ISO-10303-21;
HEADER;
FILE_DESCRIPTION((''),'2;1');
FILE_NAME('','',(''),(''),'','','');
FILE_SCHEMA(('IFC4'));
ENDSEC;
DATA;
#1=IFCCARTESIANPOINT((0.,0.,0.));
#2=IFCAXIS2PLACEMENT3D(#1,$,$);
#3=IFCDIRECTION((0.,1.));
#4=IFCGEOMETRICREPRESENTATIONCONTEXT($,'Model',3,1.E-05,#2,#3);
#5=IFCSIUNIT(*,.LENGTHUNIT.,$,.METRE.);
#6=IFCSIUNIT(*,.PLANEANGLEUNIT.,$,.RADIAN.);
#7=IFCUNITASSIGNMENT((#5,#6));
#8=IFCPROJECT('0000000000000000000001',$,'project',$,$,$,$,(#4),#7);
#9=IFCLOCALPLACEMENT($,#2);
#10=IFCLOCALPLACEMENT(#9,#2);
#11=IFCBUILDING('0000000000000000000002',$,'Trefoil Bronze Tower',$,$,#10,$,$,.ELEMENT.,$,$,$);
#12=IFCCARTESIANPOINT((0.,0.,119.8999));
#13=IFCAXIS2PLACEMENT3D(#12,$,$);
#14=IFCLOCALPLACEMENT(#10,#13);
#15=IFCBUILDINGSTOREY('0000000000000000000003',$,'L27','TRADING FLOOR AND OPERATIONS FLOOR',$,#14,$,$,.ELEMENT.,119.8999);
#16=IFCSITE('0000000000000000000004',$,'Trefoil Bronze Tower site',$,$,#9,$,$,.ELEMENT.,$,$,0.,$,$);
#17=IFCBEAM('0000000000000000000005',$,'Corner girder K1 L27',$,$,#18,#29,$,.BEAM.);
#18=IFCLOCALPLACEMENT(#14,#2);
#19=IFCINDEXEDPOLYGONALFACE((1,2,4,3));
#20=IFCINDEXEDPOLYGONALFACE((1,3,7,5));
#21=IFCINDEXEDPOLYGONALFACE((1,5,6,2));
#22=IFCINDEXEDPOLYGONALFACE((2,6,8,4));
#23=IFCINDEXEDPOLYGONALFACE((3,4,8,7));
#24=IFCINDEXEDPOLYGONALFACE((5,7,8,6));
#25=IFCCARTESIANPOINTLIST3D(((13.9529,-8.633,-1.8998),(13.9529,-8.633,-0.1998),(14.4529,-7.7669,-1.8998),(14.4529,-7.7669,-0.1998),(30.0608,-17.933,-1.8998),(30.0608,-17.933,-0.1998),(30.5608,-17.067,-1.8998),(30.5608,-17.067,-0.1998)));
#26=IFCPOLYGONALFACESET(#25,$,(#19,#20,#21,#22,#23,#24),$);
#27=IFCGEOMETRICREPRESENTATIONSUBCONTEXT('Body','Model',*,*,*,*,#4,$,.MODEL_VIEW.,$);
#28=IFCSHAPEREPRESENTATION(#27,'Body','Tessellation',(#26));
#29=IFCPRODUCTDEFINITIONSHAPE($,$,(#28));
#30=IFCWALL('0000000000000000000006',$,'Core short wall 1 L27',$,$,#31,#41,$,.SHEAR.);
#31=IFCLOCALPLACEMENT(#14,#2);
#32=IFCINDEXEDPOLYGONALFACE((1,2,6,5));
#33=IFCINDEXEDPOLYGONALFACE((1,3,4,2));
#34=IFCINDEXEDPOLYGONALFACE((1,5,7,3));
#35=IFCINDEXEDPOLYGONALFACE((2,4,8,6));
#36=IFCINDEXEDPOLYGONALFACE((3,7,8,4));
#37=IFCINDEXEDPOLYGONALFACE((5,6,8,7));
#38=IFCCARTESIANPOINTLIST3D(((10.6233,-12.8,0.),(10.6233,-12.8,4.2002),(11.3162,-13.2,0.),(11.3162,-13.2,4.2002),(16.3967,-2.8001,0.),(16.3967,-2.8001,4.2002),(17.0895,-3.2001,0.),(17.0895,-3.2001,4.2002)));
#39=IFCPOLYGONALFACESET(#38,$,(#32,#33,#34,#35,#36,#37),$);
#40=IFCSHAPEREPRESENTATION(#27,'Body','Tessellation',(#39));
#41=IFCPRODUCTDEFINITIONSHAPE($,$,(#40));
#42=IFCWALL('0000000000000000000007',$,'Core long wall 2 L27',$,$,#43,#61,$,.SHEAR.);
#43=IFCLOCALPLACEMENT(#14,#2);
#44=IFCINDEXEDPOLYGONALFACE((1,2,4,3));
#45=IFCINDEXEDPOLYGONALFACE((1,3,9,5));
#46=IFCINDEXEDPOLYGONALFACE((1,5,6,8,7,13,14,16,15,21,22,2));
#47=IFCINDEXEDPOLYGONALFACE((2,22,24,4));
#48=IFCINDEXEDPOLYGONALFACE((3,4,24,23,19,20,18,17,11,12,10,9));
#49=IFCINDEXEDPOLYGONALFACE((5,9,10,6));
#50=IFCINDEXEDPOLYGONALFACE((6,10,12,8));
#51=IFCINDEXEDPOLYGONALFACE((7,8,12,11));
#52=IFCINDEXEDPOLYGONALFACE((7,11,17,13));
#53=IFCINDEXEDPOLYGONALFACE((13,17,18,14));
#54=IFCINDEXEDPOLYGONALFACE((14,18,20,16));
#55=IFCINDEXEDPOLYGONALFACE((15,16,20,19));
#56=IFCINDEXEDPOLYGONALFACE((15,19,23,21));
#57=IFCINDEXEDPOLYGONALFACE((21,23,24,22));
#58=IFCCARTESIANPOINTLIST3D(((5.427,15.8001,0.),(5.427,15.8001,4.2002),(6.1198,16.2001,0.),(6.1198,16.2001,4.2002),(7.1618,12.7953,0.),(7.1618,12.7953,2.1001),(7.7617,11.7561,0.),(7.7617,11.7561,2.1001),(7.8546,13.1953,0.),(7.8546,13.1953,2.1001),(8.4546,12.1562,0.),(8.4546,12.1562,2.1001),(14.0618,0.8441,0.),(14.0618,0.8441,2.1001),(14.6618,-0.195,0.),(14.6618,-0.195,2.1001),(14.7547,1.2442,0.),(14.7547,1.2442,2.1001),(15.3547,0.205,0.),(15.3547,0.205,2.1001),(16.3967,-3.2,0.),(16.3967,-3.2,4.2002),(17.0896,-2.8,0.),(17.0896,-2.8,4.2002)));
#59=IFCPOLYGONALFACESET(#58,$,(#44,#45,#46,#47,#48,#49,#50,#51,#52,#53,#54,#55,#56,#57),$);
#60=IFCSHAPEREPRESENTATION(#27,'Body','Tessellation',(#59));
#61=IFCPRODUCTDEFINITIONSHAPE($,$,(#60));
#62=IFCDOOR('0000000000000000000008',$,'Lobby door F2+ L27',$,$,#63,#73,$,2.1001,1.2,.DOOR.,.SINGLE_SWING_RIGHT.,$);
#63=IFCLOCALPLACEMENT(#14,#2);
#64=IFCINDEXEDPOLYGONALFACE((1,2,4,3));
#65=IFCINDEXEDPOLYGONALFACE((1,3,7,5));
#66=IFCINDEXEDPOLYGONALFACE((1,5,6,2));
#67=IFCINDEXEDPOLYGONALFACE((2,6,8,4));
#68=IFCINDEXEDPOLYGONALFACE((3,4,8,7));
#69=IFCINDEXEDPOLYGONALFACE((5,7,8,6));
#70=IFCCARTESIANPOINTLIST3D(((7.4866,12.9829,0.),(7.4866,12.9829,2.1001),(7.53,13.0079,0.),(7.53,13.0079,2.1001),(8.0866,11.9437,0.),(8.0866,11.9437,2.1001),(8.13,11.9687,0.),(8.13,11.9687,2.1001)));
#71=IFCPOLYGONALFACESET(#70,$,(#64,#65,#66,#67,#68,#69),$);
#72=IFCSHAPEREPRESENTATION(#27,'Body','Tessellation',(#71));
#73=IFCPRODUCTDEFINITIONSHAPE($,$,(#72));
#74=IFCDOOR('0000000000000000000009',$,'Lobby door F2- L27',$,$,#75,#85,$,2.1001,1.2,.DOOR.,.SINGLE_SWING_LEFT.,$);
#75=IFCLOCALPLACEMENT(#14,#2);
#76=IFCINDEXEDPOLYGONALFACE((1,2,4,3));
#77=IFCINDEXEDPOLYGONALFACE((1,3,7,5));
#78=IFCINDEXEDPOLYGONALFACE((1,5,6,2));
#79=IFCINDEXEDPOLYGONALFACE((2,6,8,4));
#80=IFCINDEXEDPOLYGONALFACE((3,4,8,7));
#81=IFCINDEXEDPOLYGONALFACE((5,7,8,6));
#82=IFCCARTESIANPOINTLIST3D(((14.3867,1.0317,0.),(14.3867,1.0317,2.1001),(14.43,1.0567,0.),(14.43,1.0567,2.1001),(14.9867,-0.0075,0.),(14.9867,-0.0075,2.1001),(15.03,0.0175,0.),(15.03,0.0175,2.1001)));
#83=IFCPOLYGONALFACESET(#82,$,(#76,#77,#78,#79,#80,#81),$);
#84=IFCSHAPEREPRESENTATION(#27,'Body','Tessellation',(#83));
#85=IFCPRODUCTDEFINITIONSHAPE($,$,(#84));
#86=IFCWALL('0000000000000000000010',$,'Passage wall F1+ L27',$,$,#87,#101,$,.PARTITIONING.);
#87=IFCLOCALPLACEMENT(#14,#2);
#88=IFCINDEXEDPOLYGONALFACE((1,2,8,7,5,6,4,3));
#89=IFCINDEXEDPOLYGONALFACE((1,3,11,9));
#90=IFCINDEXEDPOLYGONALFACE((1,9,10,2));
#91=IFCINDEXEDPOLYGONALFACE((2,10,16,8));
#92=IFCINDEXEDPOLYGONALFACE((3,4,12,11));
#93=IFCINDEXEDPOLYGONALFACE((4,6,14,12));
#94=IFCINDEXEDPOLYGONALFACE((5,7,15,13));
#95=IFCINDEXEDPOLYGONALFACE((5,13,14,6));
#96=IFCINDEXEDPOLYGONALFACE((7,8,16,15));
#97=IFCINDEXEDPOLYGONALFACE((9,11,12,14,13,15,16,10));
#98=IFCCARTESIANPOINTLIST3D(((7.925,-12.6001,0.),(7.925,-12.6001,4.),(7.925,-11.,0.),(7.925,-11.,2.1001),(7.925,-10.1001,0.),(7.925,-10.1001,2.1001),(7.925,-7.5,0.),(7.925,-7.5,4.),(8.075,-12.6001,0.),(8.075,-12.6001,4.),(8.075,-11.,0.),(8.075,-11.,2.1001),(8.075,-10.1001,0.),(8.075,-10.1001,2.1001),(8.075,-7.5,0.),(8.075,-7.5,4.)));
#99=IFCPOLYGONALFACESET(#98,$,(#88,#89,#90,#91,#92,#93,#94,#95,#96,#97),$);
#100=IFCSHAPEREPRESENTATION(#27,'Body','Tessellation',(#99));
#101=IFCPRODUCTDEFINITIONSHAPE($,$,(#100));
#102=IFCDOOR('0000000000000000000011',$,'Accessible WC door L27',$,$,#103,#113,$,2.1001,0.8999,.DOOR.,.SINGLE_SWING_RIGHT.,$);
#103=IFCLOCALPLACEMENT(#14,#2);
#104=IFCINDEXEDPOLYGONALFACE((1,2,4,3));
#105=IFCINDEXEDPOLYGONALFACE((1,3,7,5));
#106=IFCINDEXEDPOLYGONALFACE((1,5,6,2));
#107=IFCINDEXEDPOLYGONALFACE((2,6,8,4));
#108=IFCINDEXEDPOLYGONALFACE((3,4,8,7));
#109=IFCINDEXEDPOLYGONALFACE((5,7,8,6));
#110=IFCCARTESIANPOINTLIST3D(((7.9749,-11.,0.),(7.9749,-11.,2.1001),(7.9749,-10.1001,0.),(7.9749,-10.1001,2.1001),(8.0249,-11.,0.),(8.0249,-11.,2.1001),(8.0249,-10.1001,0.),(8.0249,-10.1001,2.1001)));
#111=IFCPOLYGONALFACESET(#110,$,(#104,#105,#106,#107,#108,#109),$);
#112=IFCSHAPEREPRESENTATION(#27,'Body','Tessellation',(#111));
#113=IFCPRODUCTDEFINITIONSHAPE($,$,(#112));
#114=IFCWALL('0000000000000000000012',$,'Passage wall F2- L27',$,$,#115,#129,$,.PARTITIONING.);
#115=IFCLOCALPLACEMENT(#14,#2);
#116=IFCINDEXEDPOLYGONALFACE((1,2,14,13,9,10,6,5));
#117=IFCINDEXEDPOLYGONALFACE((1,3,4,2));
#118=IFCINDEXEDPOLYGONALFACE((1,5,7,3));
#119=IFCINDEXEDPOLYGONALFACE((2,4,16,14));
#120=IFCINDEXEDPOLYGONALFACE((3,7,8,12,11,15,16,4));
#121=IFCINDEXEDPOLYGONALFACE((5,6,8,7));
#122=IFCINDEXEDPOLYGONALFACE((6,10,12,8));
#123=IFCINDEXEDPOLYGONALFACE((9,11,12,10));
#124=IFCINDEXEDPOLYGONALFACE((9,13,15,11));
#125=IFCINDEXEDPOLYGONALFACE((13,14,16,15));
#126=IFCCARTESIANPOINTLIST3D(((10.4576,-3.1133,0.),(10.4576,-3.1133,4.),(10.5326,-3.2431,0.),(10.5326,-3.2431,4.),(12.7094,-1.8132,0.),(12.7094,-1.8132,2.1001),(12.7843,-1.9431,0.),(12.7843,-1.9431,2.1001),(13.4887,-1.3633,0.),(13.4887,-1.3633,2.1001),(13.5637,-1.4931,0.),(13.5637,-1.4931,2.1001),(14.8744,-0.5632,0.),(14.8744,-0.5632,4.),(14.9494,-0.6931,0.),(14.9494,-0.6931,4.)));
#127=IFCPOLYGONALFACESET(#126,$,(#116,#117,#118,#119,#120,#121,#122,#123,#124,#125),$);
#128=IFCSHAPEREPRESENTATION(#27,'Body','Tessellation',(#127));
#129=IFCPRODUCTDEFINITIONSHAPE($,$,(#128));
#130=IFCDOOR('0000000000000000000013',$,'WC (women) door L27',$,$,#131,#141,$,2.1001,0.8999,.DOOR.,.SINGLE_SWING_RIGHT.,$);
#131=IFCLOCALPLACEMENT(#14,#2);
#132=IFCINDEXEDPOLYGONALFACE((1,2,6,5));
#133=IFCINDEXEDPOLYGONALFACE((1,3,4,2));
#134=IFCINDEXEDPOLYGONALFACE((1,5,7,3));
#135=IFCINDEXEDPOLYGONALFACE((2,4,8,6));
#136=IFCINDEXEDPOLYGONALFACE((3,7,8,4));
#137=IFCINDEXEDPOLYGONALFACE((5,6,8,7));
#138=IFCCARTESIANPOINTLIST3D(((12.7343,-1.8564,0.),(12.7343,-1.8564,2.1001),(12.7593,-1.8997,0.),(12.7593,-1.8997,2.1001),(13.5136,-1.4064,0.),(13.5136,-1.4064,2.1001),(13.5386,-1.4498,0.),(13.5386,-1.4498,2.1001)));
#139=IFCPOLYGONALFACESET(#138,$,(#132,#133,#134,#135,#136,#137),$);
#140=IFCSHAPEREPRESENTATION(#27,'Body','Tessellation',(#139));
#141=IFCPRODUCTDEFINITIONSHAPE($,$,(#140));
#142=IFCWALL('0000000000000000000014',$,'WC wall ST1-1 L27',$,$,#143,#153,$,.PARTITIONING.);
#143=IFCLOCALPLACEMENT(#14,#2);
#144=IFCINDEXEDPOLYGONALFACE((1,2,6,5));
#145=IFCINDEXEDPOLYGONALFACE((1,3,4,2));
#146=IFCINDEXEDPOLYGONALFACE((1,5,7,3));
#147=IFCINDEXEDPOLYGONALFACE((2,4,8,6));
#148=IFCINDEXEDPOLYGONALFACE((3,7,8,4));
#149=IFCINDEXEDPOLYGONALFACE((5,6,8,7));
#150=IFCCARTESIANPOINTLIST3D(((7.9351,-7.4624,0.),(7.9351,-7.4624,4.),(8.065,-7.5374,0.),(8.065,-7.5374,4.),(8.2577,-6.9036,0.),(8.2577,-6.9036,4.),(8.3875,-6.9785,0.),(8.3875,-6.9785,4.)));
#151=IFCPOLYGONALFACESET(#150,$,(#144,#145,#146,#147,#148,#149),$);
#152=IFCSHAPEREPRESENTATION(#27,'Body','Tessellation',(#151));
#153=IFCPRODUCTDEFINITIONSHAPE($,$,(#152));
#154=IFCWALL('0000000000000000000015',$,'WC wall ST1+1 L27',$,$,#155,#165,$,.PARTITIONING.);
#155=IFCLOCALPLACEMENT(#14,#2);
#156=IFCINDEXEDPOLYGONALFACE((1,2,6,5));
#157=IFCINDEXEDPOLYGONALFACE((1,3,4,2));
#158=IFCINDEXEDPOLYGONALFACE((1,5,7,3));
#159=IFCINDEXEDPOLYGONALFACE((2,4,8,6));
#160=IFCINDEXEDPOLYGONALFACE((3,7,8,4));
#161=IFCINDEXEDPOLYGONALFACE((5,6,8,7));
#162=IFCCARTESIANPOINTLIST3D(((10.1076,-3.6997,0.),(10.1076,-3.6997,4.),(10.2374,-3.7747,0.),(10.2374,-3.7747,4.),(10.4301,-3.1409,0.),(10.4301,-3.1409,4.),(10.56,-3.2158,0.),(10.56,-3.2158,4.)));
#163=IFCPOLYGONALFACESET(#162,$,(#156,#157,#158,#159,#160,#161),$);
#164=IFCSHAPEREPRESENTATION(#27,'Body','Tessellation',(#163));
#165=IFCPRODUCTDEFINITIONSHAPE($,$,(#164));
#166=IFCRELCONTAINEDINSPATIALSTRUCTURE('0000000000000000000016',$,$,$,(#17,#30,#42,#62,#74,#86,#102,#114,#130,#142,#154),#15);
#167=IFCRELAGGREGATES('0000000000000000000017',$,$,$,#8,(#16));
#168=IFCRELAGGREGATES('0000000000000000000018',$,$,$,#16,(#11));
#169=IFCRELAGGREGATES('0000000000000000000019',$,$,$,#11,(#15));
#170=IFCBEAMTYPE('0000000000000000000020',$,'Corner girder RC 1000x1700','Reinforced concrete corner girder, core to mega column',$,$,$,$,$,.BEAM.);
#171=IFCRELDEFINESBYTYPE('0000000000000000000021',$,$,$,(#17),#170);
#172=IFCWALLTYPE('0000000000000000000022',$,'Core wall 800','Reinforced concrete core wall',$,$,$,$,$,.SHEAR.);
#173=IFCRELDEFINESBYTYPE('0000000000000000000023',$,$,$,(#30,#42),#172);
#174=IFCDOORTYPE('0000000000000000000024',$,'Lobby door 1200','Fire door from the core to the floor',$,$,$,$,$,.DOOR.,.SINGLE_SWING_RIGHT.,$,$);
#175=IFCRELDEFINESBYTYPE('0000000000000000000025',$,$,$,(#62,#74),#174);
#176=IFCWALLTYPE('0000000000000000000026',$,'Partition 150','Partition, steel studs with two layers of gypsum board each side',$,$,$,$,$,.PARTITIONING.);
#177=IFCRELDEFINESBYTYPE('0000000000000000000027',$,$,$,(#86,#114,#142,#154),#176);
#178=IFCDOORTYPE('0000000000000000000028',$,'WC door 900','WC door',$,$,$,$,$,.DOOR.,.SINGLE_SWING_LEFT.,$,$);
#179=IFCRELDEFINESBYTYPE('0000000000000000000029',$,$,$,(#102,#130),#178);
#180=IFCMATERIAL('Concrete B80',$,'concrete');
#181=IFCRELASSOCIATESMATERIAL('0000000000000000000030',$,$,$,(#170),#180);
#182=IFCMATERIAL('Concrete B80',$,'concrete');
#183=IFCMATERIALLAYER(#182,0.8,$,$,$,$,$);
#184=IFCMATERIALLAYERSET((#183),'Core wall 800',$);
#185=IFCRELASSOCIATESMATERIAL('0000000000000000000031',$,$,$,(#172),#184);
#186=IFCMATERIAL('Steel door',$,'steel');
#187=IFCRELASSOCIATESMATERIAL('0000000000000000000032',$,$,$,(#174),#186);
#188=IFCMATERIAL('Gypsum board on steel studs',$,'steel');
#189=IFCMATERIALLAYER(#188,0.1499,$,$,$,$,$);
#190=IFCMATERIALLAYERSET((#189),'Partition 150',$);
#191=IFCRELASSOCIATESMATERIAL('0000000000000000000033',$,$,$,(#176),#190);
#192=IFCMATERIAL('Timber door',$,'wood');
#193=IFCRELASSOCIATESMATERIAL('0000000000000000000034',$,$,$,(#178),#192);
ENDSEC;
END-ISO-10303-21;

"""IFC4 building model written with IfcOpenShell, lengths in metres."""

from ifc_helpers import new_model, si_unit, direction, frame, frame_2d, origin, origin_2d, place, context, subcontext, project, spatial, rectangle, extrude, material, layer, layer_set, material_profile, profile_set, type_object, element, fill, save


model = new_model("IFC4")

# Units and contexts
model_context = context("Model", 3, precision=1e-05, world=origin(), true_north=direction((0.0, 1.0)))
body_context = subcontext(model_context, "Body", "Model", "MODEL_VIEW")
ifc_project = project(units=[si_unit("LENGTHUNIT", "METRE"), si_unit("PLANEANGLEUNIT", "RADIAN")], contexts=[model_context])

# Site, building, storey
site_placement = place(None, origin())
site = spatial("IfcSite", under=ifc_project, at=site_placement, Name="Trefoil Bronze Tower site", CompositionType="ELEMENT", RefElevation=0.0)
building_placement = place(site_placement, origin())
building = spatial("IfcBuilding", under=site, at=building_placement, Name="Trefoil Bronze Tower", CompositionType="ELEMENT")
storey_placement = place(building_placement, frame((0.0, 0.0, 119.8999)))
storey = spatial("IfcBuildingStorey", under=building, at=storey_placement, Name="L27", Description="TRADING FLOOR AND OPERATIONS FLOOR", CompositionType="ELEMENT", Elevation=119.8999)

# Beam
ifc_material_1 = material(Name="Concrete B80", Category="concrete")
ifc_material_profile_1 = material_profile(ifc_material_1, rectangle(XDim=1.0, YDim=1.7, at=origin_2d()), Name="RC 1000x1700")
ifc_profile_set_1 = profile_set([ifc_material_profile_1], Name="Concrete B80")
beam_type_1 = type_object("IfcBeamType", Name="Corner girder RC 1000x1700", Description="Reinforced concrete corner girder, core to mega column", PredefinedType="BEAM", material=ifc_profile_set_1)
beam_placement = place(storey_placement, frame((14.2029, -8.2, -1.0498), z_axis=(0.866022, -0.500006, 0.0), x_axis=(0.500006, 0.866022, 0.0)))
element("IfcBeam", 1, at=beam_placement, inside=storey, type_object=beam_type_1, Name="Corner girder K1 L27", PredefinedType="BEAM", context=body_context, shape_type="SweptSolid", body=[
    extrude(rectangle(XDim=1.0, YDim=1.7, at=origin_2d()), origin(), (0.0, 0.0, 1.0), 18.5999),
])

# Wall
ifc_material_2 = material(Name="Concrete B80", Category="concrete")
ifc_layer_1 = layer(ifc_material_2, 0.8)
ifc_layer_set_1 = layer_set([ifc_layer_1], Name="Core wall 800")
wall_type_1 = type_object("IfcWallType", Name="Core wall 800", Description="Reinforced concrete core wall", PredefinedType="SHEAR", material=ifc_layer_set_1)
wall_1_placement = place(storey_placement, frame((10.9697, -13.0, 0.0), z_axis=(0.0, 0.0, 1.0), x_axis=(0.499996, 0.866028, 0.0)))
element("IfcWall", 2, at=wall_1_placement, inside=storey, type_object=wall_type_1, Name="Core short wall 1 L27", PredefinedType="SHEAR", context=body_context, shape_type="SweptSolid", body=[
    extrude(rectangle(XDim=11.5469, YDim=0.8, at=frame_2d((5.7734, 0.0))), origin(), (0.0, 0.0, 1.0), 4.2002),
])

# Wall, openings, doors
wall_2_placement = place(storey_placement, frame((16.7432, -3.0, 0.0), z_axis=(0.0, 0.0, 1.0), x_axis=(-0.500002, 0.866024, 0.0)))
wall_2 = element("IfcWall", 3, at=wall_2_placement, inside=storey, type_object=wall_type_1, Name="Core long wall 2 L27", PredefinedType="SHEAR", context=body_context, shape_type="SweptSolid", body=[
    extrude(rectangle(XDim=21.9395, YDim=0.8, at=frame_2d((10.9697, 0.0))), origin(), (0.0, 0.0, 1.0), 4.2002),
])
opening_1_placement = place(wall_2_placement, frame((17.2698, 0.0, 0.0)))
opening_1 = element("IfcOpeningElement", 4, at=opening_1_placement, cuts=wall_2, PredefinedType="OPENING", context=body_context, shape_type="SweptSolid", body=[
    extrude(rectangle(XDim=1.2, YDim=2.1001, at=frame_2d((0.6001, 1.05))), frame((0.0, 0.4099, 0.0), z_axis=(0.0, -1.0, 0.0), x_axis=(1.0, 0.0, 0.0)), (0.0, 0.0, 1.0), 0.8201),
])
opening_2_placement = place(wall_2_placement, frame((3.4697, 0.0, 0.0)))
opening_2 = element("IfcOpeningElement", 5, at=opening_2_placement, cuts=wall_2, PredefinedType="OPENING", context=body_context, shape_type="SweptSolid", body=[
    extrude(rectangle(XDim=1.2, YDim=2.1001, at=frame_2d((0.6001, 1.05))), frame((0.0, 0.4099, 0.0), z_axis=(0.0, -1.0, 0.0), x_axis=(1.0, 0.0, 0.0)), (0.0, 0.0, 1.0), 0.8201),
])
ifc_material_3 = material(Name="Steel door", Category="steel")
door_type_1 = type_object("IfcDoorType", Name="Lobby door 1200", Description="Fire door from the core to the floor", OperationType="SINGLE_SWING_RIGHT", PredefinedType="DOOR", material=ifc_material_3)
door_1_placement = place(opening_1_placement, origin())
door_1 = element("IfcDoor", 6, at=door_1_placement, inside=storey, type_object=door_type_1, Name="Lobby door F2+ L27", OperationType="SINGLE_SWING_RIGHT", OverallHeight=2.1001, OverallWidth=1.2, PredefinedType="DOOR", context=body_context, shape_type="SweptSolid", body=[
    extrude(rectangle(XDim=1.2, YDim=2.1001, at=frame_2d((0.6001, 1.05))), frame((0.0, 0.0249, 0.0), z_axis=(0.0, -1.0, 0.0), x_axis=(1.0, 0.0, 0.0)), (0.0, 0.0, 1.0), 0.05),
])
fill(opening_1, door_1)
door_2_placement = place(opening_2_placement, origin())
door_2 = element("IfcDoor", 7, at=door_2_placement, inside=storey, type_object=door_type_1, Name="Lobby door F2- L27", OperationType="SINGLE_SWING_LEFT", OverallHeight=2.1001, OverallWidth=1.2, PredefinedType="DOOR", context=body_context, shape_type="SweptSolid", body=[
    extrude(rectangle(XDim=1.2, YDim=2.1001, at=frame_2d((0.6001, 1.05))), frame((0.0, 0.0249, 0.0), z_axis=(0.0, -1.0, 0.0), x_axis=(1.0, 0.0, 0.0)), (0.0, 0.0, 1.0), 0.05),
])
fill(opening_2, door_2)

# Walls, openings, doors
ifc_material_4 = material(Name="Gypsum board on steel studs", Category="steel")
ifc_layer_2 = layer(ifc_material_4, 0.1499)
ifc_layer_set_2 = layer_set([ifc_layer_2], Name="Partition 150")
wall_type_2 = type_object("IfcWallType", Name="Partition 150", Description="Partition, steel studs with two layers of gypsum board each side", PredefinedType="PARTITIONING", material=ifc_layer_set_2)
wall_3_placement = place(storey_placement, frame((8.0, -7.5, 0.0), z_axis=(0.0, 0.0, 1.0), x_axis=(0.0, -1.0, 0.0)))
wall_3 = element("IfcWall", 8, at=wall_3_placement, inside=storey, type_object=wall_type_2, Name="Passage wall F1+ L27", PredefinedType="PARTITIONING", context=body_context, shape_type="SweptSolid", body=[
    extrude(rectangle(XDim=5.1001, YDim=0.1499, at=frame_2d((2.55, 0.0))), origin(), (0.0, 0.0, 1.0), 4.0),
])
opening_3_placement = place(wall_3_placement, frame((2.6001, 0.0, 0.0)))
opening_3 = element("IfcOpeningElement", 9, at=opening_3_placement, cuts=wall_3, PredefinedType="OPENING", context=body_context, shape_type="SweptSolid", body=[
    extrude(rectangle(XDim=0.8999, YDim=2.1001, at=frame_2d((0.45, 1.05))), frame((0.0, 0.085, 0.0), z_axis=(0.0, -1.0, 0.0), x_axis=(1.0, 0.0, 0.0)), (0.0, 0.0, 1.0), 0.1699),
])
ifc_material_5 = material(Name="Timber door", Category="wood")
door_type_2 = type_object("IfcDoorType", Name="WC door 900", Description="WC door", OperationType="SINGLE_SWING_LEFT", PredefinedType="DOOR", material=ifc_material_5)
door_3_placement = place(opening_3_placement, origin())
door_3 = element("IfcDoor", 10, at=door_3_placement, inside=storey, type_object=door_type_2, Name="Accessible WC door L27", OperationType="SINGLE_SWING_RIGHT", OverallHeight=2.1001, OverallWidth=0.8999, PredefinedType="DOOR", context=body_context, shape_type="SweptSolid", body=[
    extrude(rectangle(XDim=0.8999, YDim=2.1001, at=frame_2d((0.45, 1.05))), frame((0.0, 0.0249, 0.0), z_axis=(0.0, -1.0, 0.0), x_axis=(1.0, 0.0, 0.0)), (0.0, 0.0, 1.0), 0.05),
])
fill(opening_3, door_3)
wall_4_placement = place(storey_placement, frame((10.4951, -3.1782, 0.0), z_axis=(0.0, 0.0, 1.0), x_axis=(0.866022, 0.500006, 0.0)))
wall_4 = element("IfcWall", 11, at=wall_4_placement, inside=storey, type_object=wall_type_2, Name="Passage wall F2- L27", PredefinedType="PARTITIONING", context=body_context, shape_type="SweptSolid", body=[
    extrude(rectangle(XDim=5.1001, YDim=0.1499, at=frame_2d((2.55, 0.0))), origin(), (0.0, 0.0, 1.0), 4.0),
])
opening_4_placement = place(wall_4_placement, frame((2.6001, 0.0, 0.0)))
opening_4 = element("IfcOpeningElement", 12, at=opening_4_placement, cuts=wall_4, PredefinedType="OPENING", context=body_context, shape_type="SweptSolid", body=[
    extrude(rectangle(XDim=0.8999, YDim=2.1001, at=frame_2d((0.45, 1.05))), frame((0.0, 0.085, 0.0), z_axis=(0.0, -1.0, 0.0), x_axis=(1.0, 0.0, 0.0)), (0.0, 0.0, 1.0), 0.1699),
])
door_4_placement = place(opening_4_placement, frame((0.8999, 0.0, 0.0), z_axis=(0.0, 0.0, 1.0), x_axis=(-1.0, 0.0, 0.0)))
door_4 = element("IfcDoor", 13, at=door_4_placement, inside=storey, type_object=door_type_2, Name="WC (women) door L27", OperationType="SINGLE_SWING_RIGHT", OverallHeight=2.1001, OverallWidth=0.8999, PredefinedType="DOOR", context=body_context, shape_type="SweptSolid", body=[
    extrude(rectangle(XDim=0.8999, YDim=2.1001, at=frame_2d((0.45, 1.05))), frame((0.0, 0.0249, 0.0), z_axis=(0.0, -1.0, 0.0), x_axis=(1.0, 0.0, 0.0)), (0.0, 0.0, 1.0), 0.05),
])
fill(opening_4, door_4)

# Walls
for number, where, z_axis, x_axis, name in (
    (14, (8.0, -7.5, 0.0), (0.0, 0.0, 1.0), (0.499843, 0.866116, 0.0), "WC wall ST1-1 L27"),
    (15, (10.4951, -3.1782, 0.0), (0.0, 0.0, 1.0), (-0.499843, -0.866116, 0.0), "WC wall ST1+1 L27"),
):
    element("IfcWall", number, at=place(storey_placement, frame(where, z_axis=z_axis, x_axis=x_axis)), inside=storey, type_object=wall_type_2, Name=name, PredefinedType="PARTITIONING", context=body_context, shape_type="SweptSolid", body=[
        extrude(rectangle(XDim=0.6453, YDim=0.1499, at=frame_2d((0.3228, 0.0))), origin(), (0.0, 0.0, 1.0), 4.0),
    ])

save(model, "model.ifc")
